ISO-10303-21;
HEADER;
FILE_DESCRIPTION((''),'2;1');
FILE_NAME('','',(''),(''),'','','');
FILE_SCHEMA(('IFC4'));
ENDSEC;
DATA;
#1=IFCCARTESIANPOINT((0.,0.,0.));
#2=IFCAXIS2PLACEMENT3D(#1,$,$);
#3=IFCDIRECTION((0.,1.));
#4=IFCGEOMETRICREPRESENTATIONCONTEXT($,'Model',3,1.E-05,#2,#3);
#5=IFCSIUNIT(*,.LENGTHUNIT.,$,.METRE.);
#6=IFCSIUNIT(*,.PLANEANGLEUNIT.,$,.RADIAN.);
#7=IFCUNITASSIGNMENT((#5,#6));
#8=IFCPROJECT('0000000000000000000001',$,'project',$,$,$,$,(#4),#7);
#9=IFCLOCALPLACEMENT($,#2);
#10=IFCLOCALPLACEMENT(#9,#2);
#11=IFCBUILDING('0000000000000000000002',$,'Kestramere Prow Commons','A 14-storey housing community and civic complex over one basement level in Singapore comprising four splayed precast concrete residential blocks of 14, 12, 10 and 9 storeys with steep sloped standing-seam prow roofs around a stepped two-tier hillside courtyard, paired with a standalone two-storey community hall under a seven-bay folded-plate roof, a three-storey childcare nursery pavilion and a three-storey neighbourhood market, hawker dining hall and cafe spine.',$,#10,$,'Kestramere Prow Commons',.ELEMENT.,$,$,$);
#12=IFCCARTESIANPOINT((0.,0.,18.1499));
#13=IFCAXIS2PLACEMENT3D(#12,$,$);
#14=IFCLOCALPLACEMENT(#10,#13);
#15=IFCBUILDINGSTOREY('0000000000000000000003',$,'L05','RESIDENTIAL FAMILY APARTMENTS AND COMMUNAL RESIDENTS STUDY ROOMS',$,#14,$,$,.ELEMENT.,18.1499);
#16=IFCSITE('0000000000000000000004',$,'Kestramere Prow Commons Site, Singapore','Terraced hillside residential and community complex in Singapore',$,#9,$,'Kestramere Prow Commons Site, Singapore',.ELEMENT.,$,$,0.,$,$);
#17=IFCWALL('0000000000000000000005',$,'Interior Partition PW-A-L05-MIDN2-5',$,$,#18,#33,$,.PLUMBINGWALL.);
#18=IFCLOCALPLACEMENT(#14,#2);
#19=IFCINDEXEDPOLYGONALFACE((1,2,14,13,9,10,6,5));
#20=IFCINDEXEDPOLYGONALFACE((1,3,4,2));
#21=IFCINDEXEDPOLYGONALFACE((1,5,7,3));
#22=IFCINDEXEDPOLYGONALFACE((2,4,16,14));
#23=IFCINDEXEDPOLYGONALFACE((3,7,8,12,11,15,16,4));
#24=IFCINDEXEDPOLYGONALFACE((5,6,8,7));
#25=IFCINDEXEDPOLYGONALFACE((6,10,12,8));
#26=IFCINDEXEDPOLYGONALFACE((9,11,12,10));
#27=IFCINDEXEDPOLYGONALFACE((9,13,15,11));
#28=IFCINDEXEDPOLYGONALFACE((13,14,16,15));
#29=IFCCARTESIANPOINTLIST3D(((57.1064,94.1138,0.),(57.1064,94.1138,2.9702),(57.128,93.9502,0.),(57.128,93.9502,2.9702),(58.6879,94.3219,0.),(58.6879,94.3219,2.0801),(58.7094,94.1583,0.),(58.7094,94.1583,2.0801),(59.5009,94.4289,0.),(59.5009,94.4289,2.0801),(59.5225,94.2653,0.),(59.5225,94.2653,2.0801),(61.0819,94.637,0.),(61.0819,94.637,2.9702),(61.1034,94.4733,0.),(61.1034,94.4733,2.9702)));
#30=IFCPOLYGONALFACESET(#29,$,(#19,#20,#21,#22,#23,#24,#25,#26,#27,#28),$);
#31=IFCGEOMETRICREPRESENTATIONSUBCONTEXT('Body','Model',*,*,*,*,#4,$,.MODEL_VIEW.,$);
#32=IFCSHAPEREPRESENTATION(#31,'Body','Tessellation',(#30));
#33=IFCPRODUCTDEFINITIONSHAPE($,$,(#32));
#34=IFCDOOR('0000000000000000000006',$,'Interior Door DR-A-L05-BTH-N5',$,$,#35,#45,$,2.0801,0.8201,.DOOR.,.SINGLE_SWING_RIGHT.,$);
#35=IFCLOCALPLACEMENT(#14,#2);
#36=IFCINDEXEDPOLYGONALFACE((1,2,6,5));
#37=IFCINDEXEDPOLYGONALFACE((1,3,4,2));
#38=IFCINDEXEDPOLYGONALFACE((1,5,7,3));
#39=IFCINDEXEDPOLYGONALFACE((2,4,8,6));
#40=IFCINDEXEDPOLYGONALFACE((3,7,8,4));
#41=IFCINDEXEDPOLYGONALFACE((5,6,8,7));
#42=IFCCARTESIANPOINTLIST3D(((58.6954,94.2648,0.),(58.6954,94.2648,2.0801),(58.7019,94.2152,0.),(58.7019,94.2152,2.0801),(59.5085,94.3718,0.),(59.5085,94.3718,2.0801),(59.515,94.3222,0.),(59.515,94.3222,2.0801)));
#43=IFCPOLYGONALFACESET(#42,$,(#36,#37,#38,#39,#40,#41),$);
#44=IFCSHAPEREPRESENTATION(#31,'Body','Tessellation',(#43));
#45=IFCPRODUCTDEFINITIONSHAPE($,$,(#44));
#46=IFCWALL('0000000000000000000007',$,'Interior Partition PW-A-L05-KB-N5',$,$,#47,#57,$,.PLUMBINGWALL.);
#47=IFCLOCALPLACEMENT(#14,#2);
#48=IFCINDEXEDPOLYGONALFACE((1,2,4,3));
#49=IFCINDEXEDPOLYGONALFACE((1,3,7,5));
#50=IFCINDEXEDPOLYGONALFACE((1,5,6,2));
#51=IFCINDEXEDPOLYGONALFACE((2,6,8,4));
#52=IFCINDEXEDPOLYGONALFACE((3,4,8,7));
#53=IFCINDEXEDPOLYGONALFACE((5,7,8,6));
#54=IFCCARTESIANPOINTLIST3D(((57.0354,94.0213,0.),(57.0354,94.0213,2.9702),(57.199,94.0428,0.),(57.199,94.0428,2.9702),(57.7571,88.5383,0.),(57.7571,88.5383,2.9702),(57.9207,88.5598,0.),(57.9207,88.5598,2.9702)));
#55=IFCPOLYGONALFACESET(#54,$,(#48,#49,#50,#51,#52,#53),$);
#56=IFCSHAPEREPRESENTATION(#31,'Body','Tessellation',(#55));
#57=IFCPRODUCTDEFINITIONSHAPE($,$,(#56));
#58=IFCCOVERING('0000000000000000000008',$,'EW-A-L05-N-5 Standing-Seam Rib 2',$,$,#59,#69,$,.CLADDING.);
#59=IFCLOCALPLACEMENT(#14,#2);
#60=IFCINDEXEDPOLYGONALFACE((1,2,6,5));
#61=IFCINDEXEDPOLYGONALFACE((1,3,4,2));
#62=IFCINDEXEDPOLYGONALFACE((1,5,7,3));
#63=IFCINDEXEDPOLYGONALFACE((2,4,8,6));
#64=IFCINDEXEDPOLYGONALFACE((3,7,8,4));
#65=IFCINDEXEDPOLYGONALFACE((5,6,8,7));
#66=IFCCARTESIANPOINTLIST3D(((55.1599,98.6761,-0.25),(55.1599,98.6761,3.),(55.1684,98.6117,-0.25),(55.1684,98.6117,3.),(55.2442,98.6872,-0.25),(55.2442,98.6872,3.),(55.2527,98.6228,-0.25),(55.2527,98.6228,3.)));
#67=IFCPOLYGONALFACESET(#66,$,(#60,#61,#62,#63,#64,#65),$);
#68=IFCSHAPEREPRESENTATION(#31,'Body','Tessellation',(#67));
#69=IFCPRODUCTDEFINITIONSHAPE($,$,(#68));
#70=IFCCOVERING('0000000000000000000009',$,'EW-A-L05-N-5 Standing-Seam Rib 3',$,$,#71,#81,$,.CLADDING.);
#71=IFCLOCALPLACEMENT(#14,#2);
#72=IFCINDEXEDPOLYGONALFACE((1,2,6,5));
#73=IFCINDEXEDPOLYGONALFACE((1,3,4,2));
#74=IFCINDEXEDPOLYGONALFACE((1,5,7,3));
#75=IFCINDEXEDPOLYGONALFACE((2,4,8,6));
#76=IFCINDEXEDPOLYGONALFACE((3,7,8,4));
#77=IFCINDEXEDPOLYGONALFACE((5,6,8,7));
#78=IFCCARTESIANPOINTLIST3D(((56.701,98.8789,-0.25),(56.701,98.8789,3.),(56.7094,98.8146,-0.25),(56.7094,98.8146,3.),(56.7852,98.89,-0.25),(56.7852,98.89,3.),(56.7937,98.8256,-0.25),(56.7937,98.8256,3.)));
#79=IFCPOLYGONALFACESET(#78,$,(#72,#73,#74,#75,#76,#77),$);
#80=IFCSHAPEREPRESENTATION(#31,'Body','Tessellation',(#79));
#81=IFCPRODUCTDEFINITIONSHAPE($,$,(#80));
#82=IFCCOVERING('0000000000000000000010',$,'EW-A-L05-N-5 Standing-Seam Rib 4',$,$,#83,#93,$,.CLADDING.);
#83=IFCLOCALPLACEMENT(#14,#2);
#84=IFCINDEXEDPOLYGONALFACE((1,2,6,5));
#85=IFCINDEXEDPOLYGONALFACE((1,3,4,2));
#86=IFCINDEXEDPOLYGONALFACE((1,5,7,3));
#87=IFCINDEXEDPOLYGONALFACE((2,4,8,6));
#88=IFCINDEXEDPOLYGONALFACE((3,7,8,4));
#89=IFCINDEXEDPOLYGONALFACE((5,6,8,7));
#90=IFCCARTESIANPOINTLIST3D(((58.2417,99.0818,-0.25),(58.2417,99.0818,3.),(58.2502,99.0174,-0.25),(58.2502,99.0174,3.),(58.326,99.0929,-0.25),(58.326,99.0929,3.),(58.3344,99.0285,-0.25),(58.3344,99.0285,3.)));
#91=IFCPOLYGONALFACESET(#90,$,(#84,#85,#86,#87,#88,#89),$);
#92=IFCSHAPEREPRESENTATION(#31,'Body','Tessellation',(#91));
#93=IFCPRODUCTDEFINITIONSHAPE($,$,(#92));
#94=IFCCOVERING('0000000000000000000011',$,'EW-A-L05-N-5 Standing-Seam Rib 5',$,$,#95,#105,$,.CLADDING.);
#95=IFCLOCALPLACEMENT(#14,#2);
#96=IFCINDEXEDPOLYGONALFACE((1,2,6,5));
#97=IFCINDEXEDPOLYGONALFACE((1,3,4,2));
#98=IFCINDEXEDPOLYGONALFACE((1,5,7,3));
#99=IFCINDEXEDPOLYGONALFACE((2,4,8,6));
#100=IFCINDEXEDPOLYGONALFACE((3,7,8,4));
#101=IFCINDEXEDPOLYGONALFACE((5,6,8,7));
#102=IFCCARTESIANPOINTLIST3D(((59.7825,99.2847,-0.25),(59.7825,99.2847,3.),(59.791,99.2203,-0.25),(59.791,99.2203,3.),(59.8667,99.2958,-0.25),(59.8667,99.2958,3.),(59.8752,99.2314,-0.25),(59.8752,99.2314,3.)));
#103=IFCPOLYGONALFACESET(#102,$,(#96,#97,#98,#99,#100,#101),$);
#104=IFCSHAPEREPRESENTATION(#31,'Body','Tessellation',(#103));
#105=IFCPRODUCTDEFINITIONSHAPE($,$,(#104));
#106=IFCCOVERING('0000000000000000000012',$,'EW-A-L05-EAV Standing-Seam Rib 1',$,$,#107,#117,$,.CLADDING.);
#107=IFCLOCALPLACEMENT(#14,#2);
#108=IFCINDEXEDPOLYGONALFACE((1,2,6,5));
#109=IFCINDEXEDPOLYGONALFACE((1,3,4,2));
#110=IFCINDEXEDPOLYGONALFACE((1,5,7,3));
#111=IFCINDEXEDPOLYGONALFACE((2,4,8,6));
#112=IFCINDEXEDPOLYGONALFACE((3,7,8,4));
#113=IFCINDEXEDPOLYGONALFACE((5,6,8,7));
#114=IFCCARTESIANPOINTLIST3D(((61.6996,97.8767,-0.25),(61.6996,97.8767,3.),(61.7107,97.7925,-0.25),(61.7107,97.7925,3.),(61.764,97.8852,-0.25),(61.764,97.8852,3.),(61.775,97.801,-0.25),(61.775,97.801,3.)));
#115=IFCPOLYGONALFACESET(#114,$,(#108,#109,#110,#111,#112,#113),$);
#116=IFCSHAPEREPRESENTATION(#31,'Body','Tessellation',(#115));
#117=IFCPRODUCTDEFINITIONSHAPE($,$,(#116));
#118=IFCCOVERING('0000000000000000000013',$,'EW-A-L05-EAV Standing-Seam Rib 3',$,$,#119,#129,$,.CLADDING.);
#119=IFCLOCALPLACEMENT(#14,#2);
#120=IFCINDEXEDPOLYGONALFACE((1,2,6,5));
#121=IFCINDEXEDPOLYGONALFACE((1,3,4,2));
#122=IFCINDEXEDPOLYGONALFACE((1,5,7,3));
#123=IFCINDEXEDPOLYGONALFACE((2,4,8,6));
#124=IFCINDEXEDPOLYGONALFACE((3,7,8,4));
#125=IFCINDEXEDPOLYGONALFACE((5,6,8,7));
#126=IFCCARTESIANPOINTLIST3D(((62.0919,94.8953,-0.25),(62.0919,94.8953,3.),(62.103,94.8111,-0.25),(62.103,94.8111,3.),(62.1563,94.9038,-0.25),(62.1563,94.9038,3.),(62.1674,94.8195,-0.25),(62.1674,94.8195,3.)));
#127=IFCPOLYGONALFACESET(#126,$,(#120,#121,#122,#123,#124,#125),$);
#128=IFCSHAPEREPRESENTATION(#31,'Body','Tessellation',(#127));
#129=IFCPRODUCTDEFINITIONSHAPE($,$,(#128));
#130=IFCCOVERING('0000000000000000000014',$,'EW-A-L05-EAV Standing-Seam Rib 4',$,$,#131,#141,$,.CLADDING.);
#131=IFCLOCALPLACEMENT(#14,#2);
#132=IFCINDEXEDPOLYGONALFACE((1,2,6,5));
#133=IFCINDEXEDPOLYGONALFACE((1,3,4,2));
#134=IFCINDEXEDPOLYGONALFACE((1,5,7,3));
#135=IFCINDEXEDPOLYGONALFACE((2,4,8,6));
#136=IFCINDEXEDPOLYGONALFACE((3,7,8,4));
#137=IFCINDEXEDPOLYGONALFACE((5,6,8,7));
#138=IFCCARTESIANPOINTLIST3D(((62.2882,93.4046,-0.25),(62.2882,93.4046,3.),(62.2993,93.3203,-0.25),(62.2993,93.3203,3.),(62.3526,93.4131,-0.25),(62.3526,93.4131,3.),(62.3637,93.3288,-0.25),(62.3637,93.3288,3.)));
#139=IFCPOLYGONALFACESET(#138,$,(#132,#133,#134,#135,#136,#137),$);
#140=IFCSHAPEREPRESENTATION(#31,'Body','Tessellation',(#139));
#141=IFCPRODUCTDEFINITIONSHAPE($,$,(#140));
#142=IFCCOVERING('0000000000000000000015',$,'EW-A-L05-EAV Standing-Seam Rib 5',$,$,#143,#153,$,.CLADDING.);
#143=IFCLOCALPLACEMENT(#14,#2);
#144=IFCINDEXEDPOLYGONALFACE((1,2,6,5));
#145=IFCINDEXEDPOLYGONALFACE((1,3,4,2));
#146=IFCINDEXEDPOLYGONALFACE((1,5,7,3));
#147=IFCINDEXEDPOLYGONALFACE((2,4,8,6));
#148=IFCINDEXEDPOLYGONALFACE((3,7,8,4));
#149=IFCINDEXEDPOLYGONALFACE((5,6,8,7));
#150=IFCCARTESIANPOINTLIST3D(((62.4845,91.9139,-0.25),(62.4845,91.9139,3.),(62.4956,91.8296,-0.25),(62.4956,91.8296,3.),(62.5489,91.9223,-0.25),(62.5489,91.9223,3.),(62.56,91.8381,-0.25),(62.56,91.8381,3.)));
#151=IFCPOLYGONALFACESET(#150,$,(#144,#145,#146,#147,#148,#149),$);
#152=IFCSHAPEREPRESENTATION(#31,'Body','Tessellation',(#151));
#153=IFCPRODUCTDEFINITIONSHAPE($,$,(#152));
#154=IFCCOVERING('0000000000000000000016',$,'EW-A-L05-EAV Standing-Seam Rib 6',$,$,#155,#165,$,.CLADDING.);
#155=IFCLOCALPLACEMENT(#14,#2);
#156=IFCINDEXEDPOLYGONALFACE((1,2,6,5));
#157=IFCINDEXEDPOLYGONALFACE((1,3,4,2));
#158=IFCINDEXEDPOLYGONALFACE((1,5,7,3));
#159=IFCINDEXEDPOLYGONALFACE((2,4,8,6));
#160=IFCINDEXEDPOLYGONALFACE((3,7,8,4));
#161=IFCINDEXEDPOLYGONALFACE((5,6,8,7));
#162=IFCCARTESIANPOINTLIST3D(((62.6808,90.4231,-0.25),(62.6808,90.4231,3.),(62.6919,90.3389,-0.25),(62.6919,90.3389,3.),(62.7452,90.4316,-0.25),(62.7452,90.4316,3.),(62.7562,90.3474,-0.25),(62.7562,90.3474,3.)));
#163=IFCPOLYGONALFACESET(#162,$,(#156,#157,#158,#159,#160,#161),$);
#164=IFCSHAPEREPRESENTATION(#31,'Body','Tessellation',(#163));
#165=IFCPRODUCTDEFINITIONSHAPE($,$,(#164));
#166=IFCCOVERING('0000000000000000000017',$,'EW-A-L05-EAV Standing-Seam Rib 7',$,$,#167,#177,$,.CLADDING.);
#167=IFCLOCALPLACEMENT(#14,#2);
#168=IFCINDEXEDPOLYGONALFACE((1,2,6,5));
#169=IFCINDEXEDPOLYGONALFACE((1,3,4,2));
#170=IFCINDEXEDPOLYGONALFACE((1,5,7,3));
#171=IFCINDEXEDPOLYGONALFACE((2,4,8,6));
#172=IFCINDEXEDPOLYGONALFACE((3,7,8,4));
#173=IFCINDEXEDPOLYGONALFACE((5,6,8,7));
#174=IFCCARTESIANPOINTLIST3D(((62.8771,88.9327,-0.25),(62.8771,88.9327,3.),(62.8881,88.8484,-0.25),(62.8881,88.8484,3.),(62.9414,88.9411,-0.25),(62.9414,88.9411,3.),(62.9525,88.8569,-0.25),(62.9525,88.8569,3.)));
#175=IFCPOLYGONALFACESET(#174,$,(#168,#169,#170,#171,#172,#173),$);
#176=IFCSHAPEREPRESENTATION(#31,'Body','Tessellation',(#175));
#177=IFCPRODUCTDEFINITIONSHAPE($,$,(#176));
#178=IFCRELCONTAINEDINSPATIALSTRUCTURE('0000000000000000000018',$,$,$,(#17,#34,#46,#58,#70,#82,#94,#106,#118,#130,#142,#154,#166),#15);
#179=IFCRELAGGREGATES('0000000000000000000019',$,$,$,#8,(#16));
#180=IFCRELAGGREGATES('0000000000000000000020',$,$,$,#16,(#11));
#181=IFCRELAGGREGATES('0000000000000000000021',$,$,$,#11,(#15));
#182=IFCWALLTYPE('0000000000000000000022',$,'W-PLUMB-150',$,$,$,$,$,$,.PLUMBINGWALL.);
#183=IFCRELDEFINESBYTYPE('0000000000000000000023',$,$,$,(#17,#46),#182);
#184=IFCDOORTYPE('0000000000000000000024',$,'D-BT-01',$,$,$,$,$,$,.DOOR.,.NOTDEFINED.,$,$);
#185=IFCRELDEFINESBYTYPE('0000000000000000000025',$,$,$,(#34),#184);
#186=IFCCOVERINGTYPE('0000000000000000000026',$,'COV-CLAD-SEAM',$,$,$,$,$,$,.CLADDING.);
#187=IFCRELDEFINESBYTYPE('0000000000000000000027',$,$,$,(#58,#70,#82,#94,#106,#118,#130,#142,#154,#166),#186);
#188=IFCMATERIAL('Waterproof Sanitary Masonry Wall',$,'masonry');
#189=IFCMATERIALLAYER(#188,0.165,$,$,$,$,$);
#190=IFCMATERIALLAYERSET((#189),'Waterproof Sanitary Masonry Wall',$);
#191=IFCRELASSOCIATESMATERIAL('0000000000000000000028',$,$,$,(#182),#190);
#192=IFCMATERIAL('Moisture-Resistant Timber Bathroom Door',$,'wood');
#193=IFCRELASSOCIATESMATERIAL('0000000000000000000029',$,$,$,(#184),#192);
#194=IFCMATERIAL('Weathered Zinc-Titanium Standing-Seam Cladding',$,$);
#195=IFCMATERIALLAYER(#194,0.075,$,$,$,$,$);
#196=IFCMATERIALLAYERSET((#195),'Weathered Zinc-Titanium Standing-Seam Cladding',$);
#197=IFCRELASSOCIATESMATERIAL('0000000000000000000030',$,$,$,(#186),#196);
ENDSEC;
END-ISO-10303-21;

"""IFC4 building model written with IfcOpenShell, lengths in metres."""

from ifc_helpers import new_model, si_unit, direction, frame, frame_2d, origin, origin_2d, place, context, subcontext, project, spatial, rectangle, extrude, material, layer, layer_set, type_object, element, fill, save


model = new_model("IFC4")

# Units and contexts
model_context = context("Model", 3, precision=1e-05, world=origin(), true_north=direction((0.0, 1.0)))
body_context = subcontext(model_context, "Body", "Model", "MODEL_VIEW")
ifc_project = project(units=[si_unit("LENGTHUNIT", "METRE"), si_unit("PLANEANGLEUNIT", "RADIAN")], contexts=[model_context])

# Site, building, storey
site_placement = place(None, origin())
site = spatial("IfcSite", under=ifc_project, at=site_placement, Name="Kestramere Prow Commons Site, Singapore", Description="Terraced hillside residential and community complex in Singapore", LongName="Kestramere Prow Commons Site, Singapore", CompositionType="ELEMENT", RefElevation=0.0)
building_placement = place(site_placement, origin())
building = spatial("IfcBuilding", under=site, at=building_placement, Name="Kestramere Prow Commons", Description="A 14-storey housing community and civic complex over one basement level in Singapore comprising four splayed precast concrete residential blocks of 14, 12, 10 and 9 storeys with steep sloped standing-seam prow roofs around a stepped two-tier hillside courtyard, paired with a standalone two-storey community hall under a seven-bay folded-plate roof, a three-storey childcare nursery pavilion and a three-storey neighbourhood market, hawker dining hall and cafe spine.", LongName="Kestramere Prow Commons", CompositionType="ELEMENT")
storey_placement = place(building_placement, frame((0.0, 0.0, 18.1499)))
storey = spatial("IfcBuildingStorey", under=building, at=storey_placement, Name="L05", Description="RESIDENTIAL FAMILY APARTMENTS AND COMMUNAL RESIDENTS STUDY ROOMS", CompositionType="ELEMENT", Elevation=18.1499)

# Wall, opening, door
ifc_material_1 = material(Name="Waterproof Sanitary Masonry Wall", Category="masonry")
ifc_layer_1 = layer(ifc_material_1, 0.165)
ifc_layer_set_1 = layer_set([ifc_layer_1], Name="Waterproof Sanitary Masonry Wall")
wall_type_1 = type_object("IfcWallType", Name="W-PLUMB-150", PredefinedType="PLUMBINGWALL", material=ifc_layer_set_1)
wall_1_placement = place(storey_placement, frame((57.1172, 94.032, 0.0), z_axis=(0.0, 0.0, 1.0), x_axis=(0.991451, 0.130477, 0.0)))
wall_1 = element("IfcWall", 1, at=wall_1_placement, inside=storey, type_object=wall_type_1, Name="Interior Partition PW-A-L05-MIDN2-5", PredefinedType="PLUMBINGWALL", context=body_context, shape_type="SweptSolid", body=[
    extrude(rectangle(XDim=4.0098, YDim=0.165, at=frame_2d((2.0049, 0.0))), origin(), (0.0, 0.0, 1.0), 2.9702),
])
opening_1_placement = place(wall_1_placement, frame((1.595, 0.0, 0.0)))
opening_1 = element("IfcOpeningElement", 2, at=opening_1_placement, cuts=wall_1, PredefinedType="OPENING", context=body_context, shape_type="SweptSolid", body=[
    extrude(rectangle(XDim=0.8201, YDim=2.0801, at=frame_2d((0.4102, 1.04))), frame((0.0, 0.0974, 0.0), z_axis=(0.0, -1.0, 0.0), x_axis=(1.0, 0.0, 0.0)), (0.0, 0.0, 1.0), 0.1951),
])
ifc_material_2 = material(Name="Moisture-Resistant Timber Bathroom Door", Category="wood")
door_type_1 = type_object("IfcDoorType", Name="D-BT-01", OperationType="NOTDEFINED", PredefinedType="DOOR", material=ifc_material_2)
door_1_placement = place(opening_1_placement, origin())
door_1 = element("IfcDoor", 3, at=door_1_placement, inside=storey, type_object=door_type_1, Name="Interior Door DR-A-L05-BTH-N5", OperationType="SINGLE_SWING_RIGHT", OverallHeight=2.0801, OverallWidth=0.8201, PredefinedType="DOOR", context=body_context, shape_type="SweptSolid", body=[
    extrude(rectangle(XDim=0.8201, YDim=2.0801, at=frame_2d((0.4102, 1.04))), frame((0.0, 0.0249, 0.0), z_axis=(0.0, -1.0, 0.0), x_axis=(1.0, 0.0, 0.0)), (0.0, 0.0, 1.0), 0.05),
])
fill(opening_1, door_1)

# Wall
wall_2_placement = place(storey_placement, frame((57.8389, 88.5491, 0.0), z_axis=(0.0, 0.0, 1.0), x_axis=(-0.130498, 0.991449, 0.0)))
element("IfcWall", 4, at=wall_2_placement, inside=storey, type_object=wall_type_1, Name="Interior Partition PW-A-L05-KB-N5", PredefinedType="PLUMBINGWALL", context=body_context, shape_type="SweptSolid", body=[
    extrude(rectangle(XDim=5.5303, YDim=0.165, at=frame_2d((2.7651, 0.0))), origin(), (0.0, 0.0, 1.0), 2.9702),
])

# Coverings
ifc_material_3 = material(Name="Weathered Zinc-Titanium Standing-Seam Cladding")
ifc_layer_2 = layer(ifc_material_3, 0.075)
ifc_layer_set_2 = layer_set([ifc_layer_2], Name="Weathered Zinc-Titanium Standing-Seam Cladding")
covering_type = type_object("IfcCoveringType", Name="COV-CLAD-SEAM", PredefinedType="CLADDING", material=ifc_layer_set_2)
for number, where, z_axis, x_axis, name in (
    (5, (55.2063, 98.6494, -0.25), (0.0, 0.0, 1.0), (0.991445, 0.130526, 0.0), "EW-A-L05-N-5 Standing-Seam Rib 2"),
    (6, (56.7473, 98.8523, -0.25), (0.0, 0.0, 1.0), (0.991445, 0.130526, 0.0), "EW-A-L05-N-5 Standing-Seam Rib 3"),
    (7, (58.2881, 99.0552, -0.25), (0.0, 0.0, 1.0), (0.991445, 0.130526, 0.0), "EW-A-L05-N-5 Standing-Seam Rib 4"),
    (8, (59.8289, 99.2581, -0.25), (0.0, 0.0, 1.0), (0.991445, 0.130526, 0.0), "EW-A-L05-N-5 Standing-Seam Rib 5"),
    (9, (61.7373, 97.8389, -0.25), (0.0, 0.0, 1.0), (0.130526, -0.991445, 0.0), "EW-A-L05-EAV Standing-Seam Rib 1"),
    (10, (62.1296, 94.8574, -0.25), (0.0, 0.0, 1.0), (0.130526, -0.991445, 0.0), "EW-A-L05-EAV Standing-Seam Rib 3"),
    (11, (62.3259, 93.3667, -0.25), (0.0, 0.0, 1.0), (0.130526, -0.991445, 0.0), "EW-A-L05-EAV Standing-Seam Rib 4"),
    (12, (62.5222, 91.876, -0.25), (0.0, 0.0, 1.0), (0.130526, -0.991445, 0.0), "EW-A-L05-EAV Standing-Seam Rib 5"),
    (13, (62.7185, 90.3853, -0.25), (0.0, 0.0, 1.0), (0.130526, -0.991445, 0.0), "EW-A-L05-EAV Standing-Seam Rib 6"),
    (14, (62.9148, 88.8948, -0.25), (0.0, 0.0, 1.0), (0.130526, -0.991445, 0.0), "EW-A-L05-EAV Standing-Seam Rib 7"),
):
    element("IfcCovering", number, at=place(storey_placement, frame(where, z_axis=z_axis, x_axis=x_axis)), inside=storey, type_object=covering_type, Name=name, PredefinedType="CLADDING", context=body_context, shape_type="SweptSolid", body=[
        extrude(rectangle(XDim=0.085, YDim=0.0649, at=origin_2d()), origin(), (0.0, 0.0, 1.0), 3.25),
    ])

save(model, "model.ifc")
